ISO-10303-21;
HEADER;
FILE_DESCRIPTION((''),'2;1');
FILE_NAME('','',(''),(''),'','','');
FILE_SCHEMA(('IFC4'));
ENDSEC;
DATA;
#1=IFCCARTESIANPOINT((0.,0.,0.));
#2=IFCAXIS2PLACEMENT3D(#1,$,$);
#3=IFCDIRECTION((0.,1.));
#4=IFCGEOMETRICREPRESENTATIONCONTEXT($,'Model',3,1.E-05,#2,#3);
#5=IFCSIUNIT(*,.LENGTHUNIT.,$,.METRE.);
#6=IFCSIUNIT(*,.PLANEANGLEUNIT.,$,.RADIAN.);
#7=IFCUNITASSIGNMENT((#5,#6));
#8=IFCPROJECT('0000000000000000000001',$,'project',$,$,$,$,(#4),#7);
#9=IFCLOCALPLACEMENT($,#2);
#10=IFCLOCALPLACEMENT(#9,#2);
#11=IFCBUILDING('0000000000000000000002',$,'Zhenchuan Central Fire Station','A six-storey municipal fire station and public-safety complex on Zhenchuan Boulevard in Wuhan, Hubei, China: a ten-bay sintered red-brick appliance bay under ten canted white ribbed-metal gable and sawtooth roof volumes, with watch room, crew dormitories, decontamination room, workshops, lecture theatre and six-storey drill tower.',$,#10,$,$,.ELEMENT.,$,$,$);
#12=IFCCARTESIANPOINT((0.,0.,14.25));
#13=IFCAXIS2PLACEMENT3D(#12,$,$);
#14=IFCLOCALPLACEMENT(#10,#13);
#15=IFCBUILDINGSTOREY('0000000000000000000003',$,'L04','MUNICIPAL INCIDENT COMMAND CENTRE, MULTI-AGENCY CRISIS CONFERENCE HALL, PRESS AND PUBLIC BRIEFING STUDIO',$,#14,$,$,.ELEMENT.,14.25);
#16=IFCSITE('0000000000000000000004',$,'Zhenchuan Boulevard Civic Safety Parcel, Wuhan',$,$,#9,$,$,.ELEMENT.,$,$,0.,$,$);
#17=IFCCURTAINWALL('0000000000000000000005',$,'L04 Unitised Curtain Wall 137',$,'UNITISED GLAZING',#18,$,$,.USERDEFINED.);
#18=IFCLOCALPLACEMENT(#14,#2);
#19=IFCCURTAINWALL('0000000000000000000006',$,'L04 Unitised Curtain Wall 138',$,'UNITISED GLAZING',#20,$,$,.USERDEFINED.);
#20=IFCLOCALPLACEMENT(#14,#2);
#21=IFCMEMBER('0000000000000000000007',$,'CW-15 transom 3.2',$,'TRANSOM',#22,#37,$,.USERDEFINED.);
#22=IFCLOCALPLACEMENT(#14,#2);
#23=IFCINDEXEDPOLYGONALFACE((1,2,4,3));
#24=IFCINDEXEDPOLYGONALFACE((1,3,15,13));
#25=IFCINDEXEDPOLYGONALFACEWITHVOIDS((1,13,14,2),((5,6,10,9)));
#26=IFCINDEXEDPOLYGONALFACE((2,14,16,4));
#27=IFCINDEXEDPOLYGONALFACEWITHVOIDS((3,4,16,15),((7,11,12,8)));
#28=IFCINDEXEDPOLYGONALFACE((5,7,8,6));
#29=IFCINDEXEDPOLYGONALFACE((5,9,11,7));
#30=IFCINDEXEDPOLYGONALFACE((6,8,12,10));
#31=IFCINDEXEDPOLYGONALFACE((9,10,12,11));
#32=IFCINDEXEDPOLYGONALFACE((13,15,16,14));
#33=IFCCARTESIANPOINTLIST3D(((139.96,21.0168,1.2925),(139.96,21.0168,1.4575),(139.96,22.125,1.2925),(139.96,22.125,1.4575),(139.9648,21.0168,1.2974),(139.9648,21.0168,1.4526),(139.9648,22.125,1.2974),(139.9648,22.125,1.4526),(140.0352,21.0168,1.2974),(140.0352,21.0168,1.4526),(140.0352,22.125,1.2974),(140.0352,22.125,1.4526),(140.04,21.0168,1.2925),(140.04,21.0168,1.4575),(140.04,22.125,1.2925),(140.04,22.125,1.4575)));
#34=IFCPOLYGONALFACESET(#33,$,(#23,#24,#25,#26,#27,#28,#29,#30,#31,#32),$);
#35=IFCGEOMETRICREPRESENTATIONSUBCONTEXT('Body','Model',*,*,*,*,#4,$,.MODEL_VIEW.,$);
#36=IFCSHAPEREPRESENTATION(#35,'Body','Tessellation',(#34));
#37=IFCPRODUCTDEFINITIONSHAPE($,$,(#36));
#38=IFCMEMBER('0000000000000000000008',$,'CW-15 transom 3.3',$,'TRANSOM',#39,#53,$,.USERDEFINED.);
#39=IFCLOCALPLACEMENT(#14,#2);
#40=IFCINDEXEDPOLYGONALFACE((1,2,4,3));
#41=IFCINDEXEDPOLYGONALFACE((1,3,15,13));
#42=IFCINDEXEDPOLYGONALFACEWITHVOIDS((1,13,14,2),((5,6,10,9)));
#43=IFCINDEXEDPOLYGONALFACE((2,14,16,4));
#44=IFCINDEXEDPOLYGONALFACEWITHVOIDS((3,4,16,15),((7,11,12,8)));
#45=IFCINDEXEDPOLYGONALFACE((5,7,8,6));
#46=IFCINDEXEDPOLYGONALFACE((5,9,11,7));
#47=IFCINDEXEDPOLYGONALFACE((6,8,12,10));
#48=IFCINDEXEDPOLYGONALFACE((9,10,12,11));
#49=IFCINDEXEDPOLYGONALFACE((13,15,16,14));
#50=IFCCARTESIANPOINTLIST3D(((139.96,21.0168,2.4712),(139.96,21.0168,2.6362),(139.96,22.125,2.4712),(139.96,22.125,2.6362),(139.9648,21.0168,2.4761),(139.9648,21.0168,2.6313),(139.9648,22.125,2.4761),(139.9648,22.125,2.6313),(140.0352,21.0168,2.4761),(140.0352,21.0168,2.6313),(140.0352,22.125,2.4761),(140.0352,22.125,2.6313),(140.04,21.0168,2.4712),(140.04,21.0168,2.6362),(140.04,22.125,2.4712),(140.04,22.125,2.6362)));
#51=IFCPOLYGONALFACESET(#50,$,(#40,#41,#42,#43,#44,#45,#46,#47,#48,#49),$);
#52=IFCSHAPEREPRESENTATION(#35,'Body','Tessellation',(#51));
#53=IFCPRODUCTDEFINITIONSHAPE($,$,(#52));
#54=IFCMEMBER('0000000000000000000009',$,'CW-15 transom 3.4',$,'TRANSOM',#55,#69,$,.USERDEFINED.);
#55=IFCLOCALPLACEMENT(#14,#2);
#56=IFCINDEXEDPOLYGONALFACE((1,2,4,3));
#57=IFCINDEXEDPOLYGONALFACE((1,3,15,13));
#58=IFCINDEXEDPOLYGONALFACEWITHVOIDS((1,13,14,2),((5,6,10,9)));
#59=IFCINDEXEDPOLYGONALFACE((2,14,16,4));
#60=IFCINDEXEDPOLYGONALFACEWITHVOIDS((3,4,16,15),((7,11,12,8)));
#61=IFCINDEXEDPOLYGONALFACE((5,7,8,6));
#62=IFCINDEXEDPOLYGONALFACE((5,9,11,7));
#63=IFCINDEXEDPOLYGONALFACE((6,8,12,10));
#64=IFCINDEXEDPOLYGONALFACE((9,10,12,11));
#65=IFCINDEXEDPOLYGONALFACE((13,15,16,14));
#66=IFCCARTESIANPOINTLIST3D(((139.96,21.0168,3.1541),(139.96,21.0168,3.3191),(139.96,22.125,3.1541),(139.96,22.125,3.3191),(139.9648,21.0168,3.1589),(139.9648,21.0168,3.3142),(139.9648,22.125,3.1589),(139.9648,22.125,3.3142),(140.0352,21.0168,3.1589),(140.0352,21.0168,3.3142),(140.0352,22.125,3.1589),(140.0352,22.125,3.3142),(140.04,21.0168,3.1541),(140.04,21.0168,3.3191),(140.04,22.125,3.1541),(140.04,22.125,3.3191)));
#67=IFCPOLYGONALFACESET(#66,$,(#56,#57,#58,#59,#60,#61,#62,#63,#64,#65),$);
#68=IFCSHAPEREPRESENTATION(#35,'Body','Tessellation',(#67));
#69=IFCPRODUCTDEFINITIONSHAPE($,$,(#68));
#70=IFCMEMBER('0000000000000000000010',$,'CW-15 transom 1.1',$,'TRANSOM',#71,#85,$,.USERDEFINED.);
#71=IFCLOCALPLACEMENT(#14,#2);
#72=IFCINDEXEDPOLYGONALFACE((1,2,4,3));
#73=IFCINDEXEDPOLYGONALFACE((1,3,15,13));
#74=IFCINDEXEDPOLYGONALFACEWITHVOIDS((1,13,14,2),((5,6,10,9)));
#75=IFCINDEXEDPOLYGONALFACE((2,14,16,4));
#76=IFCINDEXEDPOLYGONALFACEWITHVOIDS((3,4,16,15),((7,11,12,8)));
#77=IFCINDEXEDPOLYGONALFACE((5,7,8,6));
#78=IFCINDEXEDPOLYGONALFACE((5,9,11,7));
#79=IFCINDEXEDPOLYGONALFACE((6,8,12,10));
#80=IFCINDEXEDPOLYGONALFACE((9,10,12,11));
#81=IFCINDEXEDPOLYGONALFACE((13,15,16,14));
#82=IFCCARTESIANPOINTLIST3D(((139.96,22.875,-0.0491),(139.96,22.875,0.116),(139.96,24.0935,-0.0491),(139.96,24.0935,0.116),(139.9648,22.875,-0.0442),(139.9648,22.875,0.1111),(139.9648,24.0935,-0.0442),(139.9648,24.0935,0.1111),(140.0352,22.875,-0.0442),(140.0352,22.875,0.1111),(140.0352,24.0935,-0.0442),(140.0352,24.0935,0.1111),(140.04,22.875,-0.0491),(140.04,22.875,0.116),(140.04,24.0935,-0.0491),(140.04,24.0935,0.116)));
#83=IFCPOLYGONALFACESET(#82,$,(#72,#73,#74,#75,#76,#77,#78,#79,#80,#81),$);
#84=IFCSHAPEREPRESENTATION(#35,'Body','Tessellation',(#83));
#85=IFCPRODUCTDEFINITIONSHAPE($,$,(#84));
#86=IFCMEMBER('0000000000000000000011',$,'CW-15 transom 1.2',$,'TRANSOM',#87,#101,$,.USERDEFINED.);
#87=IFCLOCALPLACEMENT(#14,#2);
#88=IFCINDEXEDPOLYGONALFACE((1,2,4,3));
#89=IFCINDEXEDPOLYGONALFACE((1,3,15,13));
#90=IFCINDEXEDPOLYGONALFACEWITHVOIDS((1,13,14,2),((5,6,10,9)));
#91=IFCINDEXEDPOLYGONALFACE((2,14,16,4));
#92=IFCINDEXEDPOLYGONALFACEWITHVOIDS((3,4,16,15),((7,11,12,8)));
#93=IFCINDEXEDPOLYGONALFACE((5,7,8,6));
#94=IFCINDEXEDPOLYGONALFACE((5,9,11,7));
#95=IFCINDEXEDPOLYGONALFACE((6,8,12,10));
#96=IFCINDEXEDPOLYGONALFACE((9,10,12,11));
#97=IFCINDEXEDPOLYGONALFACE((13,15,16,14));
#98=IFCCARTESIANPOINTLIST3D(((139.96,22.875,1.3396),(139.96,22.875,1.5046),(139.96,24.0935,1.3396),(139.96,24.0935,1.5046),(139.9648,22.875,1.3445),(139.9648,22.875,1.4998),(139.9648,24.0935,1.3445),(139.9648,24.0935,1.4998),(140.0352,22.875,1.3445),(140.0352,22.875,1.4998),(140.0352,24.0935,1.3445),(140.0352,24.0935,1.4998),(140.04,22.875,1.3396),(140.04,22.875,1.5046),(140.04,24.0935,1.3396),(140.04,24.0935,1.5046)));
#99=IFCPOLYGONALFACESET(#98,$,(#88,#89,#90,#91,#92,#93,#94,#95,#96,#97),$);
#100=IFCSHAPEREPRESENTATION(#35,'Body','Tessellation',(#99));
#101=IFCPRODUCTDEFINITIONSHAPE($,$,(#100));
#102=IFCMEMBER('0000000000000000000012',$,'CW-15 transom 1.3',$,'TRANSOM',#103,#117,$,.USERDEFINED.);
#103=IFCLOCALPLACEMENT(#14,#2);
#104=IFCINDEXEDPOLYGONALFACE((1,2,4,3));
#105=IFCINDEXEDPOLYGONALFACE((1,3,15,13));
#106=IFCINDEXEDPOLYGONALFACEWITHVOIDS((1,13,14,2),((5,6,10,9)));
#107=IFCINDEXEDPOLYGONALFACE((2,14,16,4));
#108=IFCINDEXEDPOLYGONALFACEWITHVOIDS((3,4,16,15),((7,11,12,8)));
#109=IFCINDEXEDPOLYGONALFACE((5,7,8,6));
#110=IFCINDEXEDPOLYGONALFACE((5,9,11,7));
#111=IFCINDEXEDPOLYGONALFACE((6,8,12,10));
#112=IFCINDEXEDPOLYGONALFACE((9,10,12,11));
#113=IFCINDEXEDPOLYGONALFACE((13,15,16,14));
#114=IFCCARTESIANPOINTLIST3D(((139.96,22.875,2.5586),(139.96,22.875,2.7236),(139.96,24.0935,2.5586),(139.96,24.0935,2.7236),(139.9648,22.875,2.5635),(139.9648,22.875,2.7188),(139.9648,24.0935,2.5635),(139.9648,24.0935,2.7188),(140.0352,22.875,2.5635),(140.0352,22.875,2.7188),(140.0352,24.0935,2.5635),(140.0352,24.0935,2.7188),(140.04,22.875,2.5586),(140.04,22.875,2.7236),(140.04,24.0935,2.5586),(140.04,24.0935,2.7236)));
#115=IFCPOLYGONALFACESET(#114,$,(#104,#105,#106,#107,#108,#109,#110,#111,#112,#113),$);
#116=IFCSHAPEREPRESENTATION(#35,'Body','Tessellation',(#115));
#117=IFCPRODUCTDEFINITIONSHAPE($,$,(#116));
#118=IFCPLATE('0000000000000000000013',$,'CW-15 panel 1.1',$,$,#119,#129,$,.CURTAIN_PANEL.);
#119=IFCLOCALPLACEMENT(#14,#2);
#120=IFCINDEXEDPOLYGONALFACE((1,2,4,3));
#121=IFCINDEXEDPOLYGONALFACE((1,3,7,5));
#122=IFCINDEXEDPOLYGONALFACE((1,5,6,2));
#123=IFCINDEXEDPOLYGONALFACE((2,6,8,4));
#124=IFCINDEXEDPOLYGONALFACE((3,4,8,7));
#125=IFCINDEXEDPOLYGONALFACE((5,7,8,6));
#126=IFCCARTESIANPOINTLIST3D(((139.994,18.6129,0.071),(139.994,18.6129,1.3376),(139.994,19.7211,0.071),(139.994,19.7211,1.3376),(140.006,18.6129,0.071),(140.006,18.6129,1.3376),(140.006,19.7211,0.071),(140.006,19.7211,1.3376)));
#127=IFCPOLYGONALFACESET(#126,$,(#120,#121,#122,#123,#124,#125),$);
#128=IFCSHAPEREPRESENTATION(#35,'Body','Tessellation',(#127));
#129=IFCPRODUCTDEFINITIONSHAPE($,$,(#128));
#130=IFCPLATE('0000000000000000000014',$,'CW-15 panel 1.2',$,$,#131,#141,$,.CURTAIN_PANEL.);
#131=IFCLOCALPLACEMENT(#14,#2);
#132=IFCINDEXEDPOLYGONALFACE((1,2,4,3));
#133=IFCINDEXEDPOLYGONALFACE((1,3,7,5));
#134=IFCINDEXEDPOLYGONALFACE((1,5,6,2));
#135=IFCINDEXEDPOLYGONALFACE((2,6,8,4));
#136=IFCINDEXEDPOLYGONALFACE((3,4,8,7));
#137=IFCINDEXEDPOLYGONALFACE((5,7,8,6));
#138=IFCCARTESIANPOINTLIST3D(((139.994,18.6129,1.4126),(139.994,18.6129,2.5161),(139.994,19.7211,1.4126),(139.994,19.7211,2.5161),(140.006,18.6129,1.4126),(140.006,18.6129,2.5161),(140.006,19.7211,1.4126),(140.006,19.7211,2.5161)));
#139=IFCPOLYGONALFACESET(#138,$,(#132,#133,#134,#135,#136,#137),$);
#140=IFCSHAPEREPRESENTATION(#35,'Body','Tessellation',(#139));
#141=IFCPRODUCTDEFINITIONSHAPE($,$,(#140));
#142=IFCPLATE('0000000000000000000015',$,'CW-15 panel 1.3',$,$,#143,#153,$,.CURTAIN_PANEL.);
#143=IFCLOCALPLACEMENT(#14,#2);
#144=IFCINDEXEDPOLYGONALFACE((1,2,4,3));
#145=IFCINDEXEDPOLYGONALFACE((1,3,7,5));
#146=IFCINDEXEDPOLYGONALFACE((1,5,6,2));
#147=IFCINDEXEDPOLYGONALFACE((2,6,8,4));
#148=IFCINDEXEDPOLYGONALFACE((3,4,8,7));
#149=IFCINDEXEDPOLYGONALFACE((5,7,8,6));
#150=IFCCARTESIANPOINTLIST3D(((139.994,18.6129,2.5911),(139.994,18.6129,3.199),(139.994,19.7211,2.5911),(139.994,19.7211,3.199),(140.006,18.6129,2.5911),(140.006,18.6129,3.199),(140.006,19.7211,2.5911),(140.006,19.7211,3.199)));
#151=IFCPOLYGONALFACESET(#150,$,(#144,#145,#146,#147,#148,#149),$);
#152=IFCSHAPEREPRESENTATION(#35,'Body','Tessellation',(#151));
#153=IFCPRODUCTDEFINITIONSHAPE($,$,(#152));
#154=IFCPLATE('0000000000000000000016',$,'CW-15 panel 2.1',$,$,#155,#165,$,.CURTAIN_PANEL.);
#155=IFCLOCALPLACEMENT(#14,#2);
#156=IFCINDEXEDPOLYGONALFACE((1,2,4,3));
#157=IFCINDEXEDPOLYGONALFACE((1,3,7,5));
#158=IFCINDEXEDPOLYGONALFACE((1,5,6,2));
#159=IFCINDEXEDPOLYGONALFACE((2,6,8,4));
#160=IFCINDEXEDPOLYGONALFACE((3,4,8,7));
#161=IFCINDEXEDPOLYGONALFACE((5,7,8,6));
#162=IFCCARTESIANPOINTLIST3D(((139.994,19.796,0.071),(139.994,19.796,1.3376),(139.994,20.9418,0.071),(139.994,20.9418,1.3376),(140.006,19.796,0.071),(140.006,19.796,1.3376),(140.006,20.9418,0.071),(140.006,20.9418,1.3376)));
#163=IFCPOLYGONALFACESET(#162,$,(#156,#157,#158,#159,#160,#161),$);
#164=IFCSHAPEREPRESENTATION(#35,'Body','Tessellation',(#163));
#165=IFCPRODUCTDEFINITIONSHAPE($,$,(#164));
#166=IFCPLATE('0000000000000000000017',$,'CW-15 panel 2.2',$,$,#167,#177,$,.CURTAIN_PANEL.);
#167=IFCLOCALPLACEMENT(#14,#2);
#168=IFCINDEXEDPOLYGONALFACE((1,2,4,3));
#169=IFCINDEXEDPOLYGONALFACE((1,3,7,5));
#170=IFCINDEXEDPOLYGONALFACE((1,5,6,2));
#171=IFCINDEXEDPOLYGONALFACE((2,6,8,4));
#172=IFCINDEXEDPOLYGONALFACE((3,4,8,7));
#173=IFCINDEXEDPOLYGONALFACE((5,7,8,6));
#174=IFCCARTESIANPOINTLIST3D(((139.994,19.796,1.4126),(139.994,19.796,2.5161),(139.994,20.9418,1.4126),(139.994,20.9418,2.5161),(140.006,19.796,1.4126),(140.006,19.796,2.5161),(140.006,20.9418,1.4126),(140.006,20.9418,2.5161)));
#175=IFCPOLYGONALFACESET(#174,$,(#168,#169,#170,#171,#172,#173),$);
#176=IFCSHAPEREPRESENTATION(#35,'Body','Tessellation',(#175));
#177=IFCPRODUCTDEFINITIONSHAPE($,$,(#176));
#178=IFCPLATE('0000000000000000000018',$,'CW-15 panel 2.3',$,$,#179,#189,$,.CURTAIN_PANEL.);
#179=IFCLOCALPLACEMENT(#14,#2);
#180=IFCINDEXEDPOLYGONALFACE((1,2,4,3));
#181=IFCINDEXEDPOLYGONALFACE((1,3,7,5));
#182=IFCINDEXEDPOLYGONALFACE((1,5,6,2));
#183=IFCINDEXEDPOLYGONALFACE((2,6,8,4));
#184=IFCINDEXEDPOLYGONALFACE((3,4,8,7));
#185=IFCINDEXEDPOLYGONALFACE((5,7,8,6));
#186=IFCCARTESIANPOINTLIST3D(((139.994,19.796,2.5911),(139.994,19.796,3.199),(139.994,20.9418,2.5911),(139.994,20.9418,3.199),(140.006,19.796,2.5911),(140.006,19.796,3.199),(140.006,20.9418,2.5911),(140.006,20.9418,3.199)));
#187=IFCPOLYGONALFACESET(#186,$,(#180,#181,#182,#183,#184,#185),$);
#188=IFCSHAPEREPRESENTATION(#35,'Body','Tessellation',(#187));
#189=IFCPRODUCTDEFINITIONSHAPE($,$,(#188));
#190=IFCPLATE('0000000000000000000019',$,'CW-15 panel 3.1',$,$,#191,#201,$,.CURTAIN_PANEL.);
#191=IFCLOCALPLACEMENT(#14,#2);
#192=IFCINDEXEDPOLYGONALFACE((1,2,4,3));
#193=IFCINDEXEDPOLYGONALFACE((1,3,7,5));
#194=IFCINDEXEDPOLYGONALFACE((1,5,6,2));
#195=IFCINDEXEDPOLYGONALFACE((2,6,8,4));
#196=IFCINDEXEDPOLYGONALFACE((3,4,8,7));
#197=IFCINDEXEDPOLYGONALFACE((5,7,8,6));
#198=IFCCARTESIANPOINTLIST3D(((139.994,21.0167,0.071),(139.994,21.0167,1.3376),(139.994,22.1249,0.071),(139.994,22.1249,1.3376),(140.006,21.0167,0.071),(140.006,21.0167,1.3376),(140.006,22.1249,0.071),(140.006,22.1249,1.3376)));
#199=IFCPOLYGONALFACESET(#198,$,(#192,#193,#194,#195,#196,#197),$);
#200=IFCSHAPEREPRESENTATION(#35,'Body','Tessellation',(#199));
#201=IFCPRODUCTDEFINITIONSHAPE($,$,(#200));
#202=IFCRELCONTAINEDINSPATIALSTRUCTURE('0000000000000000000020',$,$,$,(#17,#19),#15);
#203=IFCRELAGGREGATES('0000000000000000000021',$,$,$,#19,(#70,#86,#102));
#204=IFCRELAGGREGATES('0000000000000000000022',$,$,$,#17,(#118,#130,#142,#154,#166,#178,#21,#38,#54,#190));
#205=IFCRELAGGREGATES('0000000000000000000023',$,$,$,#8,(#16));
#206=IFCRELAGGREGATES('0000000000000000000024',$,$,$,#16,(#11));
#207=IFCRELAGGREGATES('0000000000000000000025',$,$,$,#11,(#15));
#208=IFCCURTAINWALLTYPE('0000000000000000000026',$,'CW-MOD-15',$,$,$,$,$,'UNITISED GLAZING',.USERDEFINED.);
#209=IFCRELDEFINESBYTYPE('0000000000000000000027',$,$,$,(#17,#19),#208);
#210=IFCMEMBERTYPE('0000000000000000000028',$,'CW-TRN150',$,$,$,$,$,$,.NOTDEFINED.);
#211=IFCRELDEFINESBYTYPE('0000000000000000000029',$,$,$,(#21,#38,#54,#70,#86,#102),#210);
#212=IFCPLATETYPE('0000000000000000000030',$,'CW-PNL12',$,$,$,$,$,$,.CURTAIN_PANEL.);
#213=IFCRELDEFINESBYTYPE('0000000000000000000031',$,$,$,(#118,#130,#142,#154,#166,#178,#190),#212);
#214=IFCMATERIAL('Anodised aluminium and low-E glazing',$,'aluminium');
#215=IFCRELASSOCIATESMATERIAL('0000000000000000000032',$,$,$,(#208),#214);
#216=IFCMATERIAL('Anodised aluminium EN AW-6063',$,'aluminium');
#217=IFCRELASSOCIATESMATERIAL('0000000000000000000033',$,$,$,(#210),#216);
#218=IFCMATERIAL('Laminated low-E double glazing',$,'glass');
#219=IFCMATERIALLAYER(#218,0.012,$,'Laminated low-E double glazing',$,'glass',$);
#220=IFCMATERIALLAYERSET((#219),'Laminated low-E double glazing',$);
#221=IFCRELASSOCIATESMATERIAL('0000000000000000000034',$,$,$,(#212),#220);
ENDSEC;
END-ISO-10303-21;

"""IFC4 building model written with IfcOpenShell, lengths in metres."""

from ifc_helpers import new_model, si_unit, direction, frame, origin, origin_2d, place, context, subcontext, project, spatial, rectangle, hollow_rectangle, extrude, material, layer, layer_set, material_profile, profile_set, type_object, element, aggregate, save


model = new_model("IFC4")

# Units and contexts
model_context = context("Model", 3, precision=1e-05, world=origin(), true_north=direction((0.0, 1.0)))
body_context = subcontext(model_context, "Body", "Model", "MODEL_VIEW")
ifc_project = project(units=[si_unit("LENGTHUNIT", "METRE"), si_unit("PLANEANGLEUNIT", "RADIAN")], contexts=[model_context])

# Site, building, storey
site_placement = place(None, origin())
site = spatial("IfcSite", under=ifc_project, at=site_placement, Name="Zhenchuan Boulevard Civic Safety Parcel, Wuhan", CompositionType="ELEMENT", RefElevation=0.0)
building_placement = place(site_placement, origin())
building = spatial("IfcBuilding", under=site, at=building_placement, Name="Zhenchuan Central Fire Station", Description="A six-storey municipal fire station and public-safety complex on Zhenchuan Boulevard in Wuhan, Hubei, China: a ten-bay sintered red-brick appliance bay under ten canted white ribbed-metal gable and sawtooth roof volumes, with watch room, crew dormitories, decontamination room, workshops, lecture theatre and six-storey drill tower.", CompositionType="ELEMENT")
storey_placement = place(building_placement, frame((0.0, 0.0, 14.25)))
storey = spatial("IfcBuildingStorey", under=building, at=storey_placement, Name="L04", Description="MUNICIPAL INCIDENT COMMAND CENTRE, MULTI-AGENCY CRISIS CONFERENCE HALL, PRESS AND PUBLIC BRIEFING STUDIO", CompositionType="ELEMENT", Elevation=14.25)

# Curtain walls
ifc_material_1 = material(Name="Anodised aluminium and low-E glazing", Category="aluminium")
curtain_wall_type = type_object("IfcCurtainWallType", Name="CW-MOD-15", ElementType="UNITISED GLAZING", PredefinedType="USERDEFINED", material=ifc_material_1)
curtain_wall_1_placement = place(storey_placement, origin())
curtain_wall_1 = element("IfcCurtainWall", 1, at=curtain_wall_1_placement, inside=storey, type_object=curtain_wall_type, Name="L04 Unitised Curtain Wall 137", ObjectType="UNITISED GLAZING", PredefinedType="USERDEFINED")
ifc_material_2 = material(Name="Anodised aluminium EN AW-6063", Category="aluminium")
curtain_wall_2_placement = place(storey_placement, origin())
curtain_wall_2 = element("IfcCurtainWall", 2, at=curtain_wall_2_placement, inside=storey, type_object=curtain_wall_type, Name="L04 Unitised Curtain Wall 138", ObjectType="UNITISED GLAZING", PredefinedType="USERDEFINED")

# Members
ifc_material_profile_1 = material_profile(ifc_material_2, hollow_rectangle(XDim=0.0801, YDim=0.165, WallThickness=0.0049, at=origin_2d()), Name="ALU-T 165x80")
ifc_profile_set_1 = profile_set([ifc_material_profile_1], Name="Anodised aluminium EN AW-6063")
member_type_1 = type_object("IfcMemberType", Name="CW-TRN150", PredefinedType="NOTDEFINED", material=ifc_profile_set_1)
member_1_placement = place(storey_placement, frame((140.0, 21.0168, 1.375), z_axis=(0.0, 1.0, 0.0), x_axis=(-1.0, 0.0, 0.0)))
member_1 = element("IfcMember", 3, at=member_1_placement, type_object=member_type_1, Name="CW-15 transom 3.2", ObjectType="TRANSOM", PredefinedType="USERDEFINED", context=body_context, shape_type="SweptSolid", body=[
    extrude(hollow_rectangle(XDim=0.0801, YDim=0.165, WallThickness=0.0049, at=origin_2d()), origin(), (0.0, 0.0, 1.0), 1.1082),
])
member_2_placement = place(storey_placement, frame((140.0, 21.0168, 2.5537), z_axis=(0.0, 1.0, 0.0), x_axis=(-1.0, 0.0, 0.0)))
member_2 = element("IfcMember", 4, at=member_2_placement, type_object=member_type_1, Name="CW-15 transom 3.3", ObjectType="TRANSOM", PredefinedType="USERDEFINED", context=body_context, shape_type="SweptSolid", body=[
    extrude(hollow_rectangle(XDim=0.0801, YDim=0.165, WallThickness=0.0049, at=origin_2d()), origin(), (0.0, 0.0, 1.0), 1.1082),
])
member_3_placement = place(storey_placement, frame((140.0, 21.0168, 3.2366), z_axis=(0.0, 1.0, 0.0), x_axis=(-1.0, 0.0, 0.0)))
member_3 = element("IfcMember", 5, at=member_3_placement, type_object=member_type_1, Name="CW-15 transom 3.4", ObjectType="TRANSOM", PredefinedType="USERDEFINED", context=body_context, shape_type="SweptSolid", body=[
    extrude(hollow_rectangle(XDim=0.0801, YDim=0.165, WallThickness=0.0049, at=origin_2d()), origin(), (0.0, 0.0, 1.0), 1.1082),
])
member_4_placement = place(storey_placement, frame((140.0, 22.875, 0.0334), z_axis=(0.0, 1.0, 0.0), x_axis=(-1.0, 0.0, 0.0)))
member_4 = element("IfcMember", 6, at=member_4_placement, type_object=member_type_1, Name="CW-15 transom 1.1", ObjectType="TRANSOM", PredefinedType="USERDEFINED", context=body_context, shape_type="SweptSolid", body=[
    extrude(hollow_rectangle(XDim=0.0801, YDim=0.165, WallThickness=0.0049, at=origin_2d()), origin(), (0.0, 0.0, 1.0), 1.2185),
])
member_5_placement = place(storey_placement, frame((140.0, 22.875, 1.4221), z_axis=(0.0, 1.0, 0.0), x_axis=(-1.0, 0.0, 0.0)))
member_5 = element("IfcMember", 7, at=member_5_placement, type_object=member_type_1, Name="CW-15 transom 1.2", ObjectType="TRANSOM", PredefinedType="USERDEFINED", context=body_context, shape_type="SweptSolid", body=[
    extrude(hollow_rectangle(XDim=0.0801, YDim=0.165, WallThickness=0.0049, at=origin_2d()), origin(), (0.0, 0.0, 1.0), 1.2185),
])
member_6_placement = place(storey_placement, frame((140.0, 22.875, 2.6411), z_axis=(0.0, 1.0, 0.0), x_axis=(-1.0, 0.0, 0.0)))
member_6 = element("IfcMember", 8, at=member_6_placement, type_object=member_type_1, Name="CW-15 transom 1.3", ObjectType="TRANSOM", PredefinedType="USERDEFINED", context=body_context, shape_type="SweptSolid", body=[
    extrude(hollow_rectangle(XDim=0.0801, YDim=0.165, WallThickness=0.0049, at=origin_2d()), origin(), (0.0, 0.0, 1.0), 1.2185),
])
aggregate(curtain_wall_2, [member_4, member_5, member_6])

# Plates
ifc_material_3 = material(Name="Laminated low-E double glazing", Category="glass")
ifc_layer = layer(ifc_material_3, 0.012, Name="Laminated low-E double glazing", Category="glass")
ifc_layer_set = layer_set([ifc_layer], Name="Laminated low-E double glazing")
plate_type = type_object("IfcPlateType", Name="CW-PNL12", PredefinedType="CURTAIN_PANEL", material=ifc_layer_set)
plate_1_placement = place(storey_placement, frame((140.0, 19.167, 0.071), z_axis=(0.0, 0.0, 1.0), x_axis=(0.0, 1.0, 0.0)))
plate_1 = element("IfcPlate", 9, at=plate_1_placement, type_object=plate_type, Name="CW-15 panel 1.1", PredefinedType="CURTAIN_PANEL", context=body_context, shape_type="SweptSolid", body=[
    extrude(rectangle(XDim=1.1082, YDim=0.012, at=origin_2d()), origin(), (0.0, 0.0, 1.0), 1.2666),
])
plate_2_placement = place(storey_placement, frame((140.0, 19.167, 1.4126), z_axis=(0.0, 0.0, 1.0), x_axis=(0.0, 1.0, 0.0)))
plate_2 = element("IfcPlate", 10, at=plate_2_placement, type_object=plate_type, Name="CW-15 panel 1.2", PredefinedType="CURTAIN_PANEL", context=body_context, shape_type="SweptSolid", body=[
    extrude(rectangle(XDim=1.1082, YDim=0.012, at=origin_2d()), origin(), (0.0, 0.0, 1.0), 1.1035),
])
plate_3_placement = place(storey_placement, frame((140.0, 19.167, 2.5911), z_axis=(0.0, 0.0, 1.0), x_axis=(0.0, 1.0, 0.0)))
plate_3 = element("IfcPlate", 11, at=plate_3_placement, type_object=plate_type, Name="CW-15 panel 1.3", PredefinedType="CURTAIN_PANEL", context=body_context, shape_type="SweptSolid", body=[
    extrude(rectangle(XDim=1.1082, YDim=0.012, at=origin_2d()), origin(), (0.0, 0.0, 1.0), 0.6079),
])
plate_4_placement = place(storey_placement, frame((140.0, 20.3689, 0.071), z_axis=(0.0, 0.0, 1.0), x_axis=(0.0, 1.0, 0.0)))
plate_4 = element("IfcPlate", 12, at=plate_4_placement, type_object=plate_type, Name="CW-15 panel 2.1", PredefinedType="CURTAIN_PANEL", context=body_context, shape_type="SweptSolid", body=[
    extrude(rectangle(XDim=1.1458, YDim=0.012, at=origin_2d()), origin(), (0.0, 0.0, 1.0), 1.2666),
])
plate_5_placement = place(storey_placement, frame((140.0, 20.3689, 1.4126), z_axis=(0.0, 0.0, 1.0), x_axis=(0.0, 1.0, 0.0)))
plate_5 = element("IfcPlate", 13, at=plate_5_placement, type_object=plate_type, Name="CW-15 panel 2.2", PredefinedType="CURTAIN_PANEL", context=body_context, shape_type="SweptSolid", body=[
    extrude(rectangle(XDim=1.1458, YDim=0.012, at=origin_2d()), origin(), (0.0, 0.0, 1.0), 1.1035),
])
plate_6_placement = place(storey_placement, frame((140.0, 20.3689, 2.5911), z_axis=(0.0, 0.0, 1.0), x_axis=(0.0, 1.0, 0.0)))
plate_6 = element("IfcPlate", 14, at=plate_6_placement, type_object=plate_type, Name="CW-15 panel 2.3", PredefinedType="CURTAIN_PANEL", context=body_context, shape_type="SweptSolid", body=[
    extrude(rectangle(XDim=1.1458, YDim=0.012, at=origin_2d()), origin(), (0.0, 0.0, 1.0), 0.6079),
])
plate_7_placement = place(storey_placement, frame((140.0, 21.5708, 0.071), z_axis=(0.0, 0.0, 1.0), x_axis=(0.0, 1.0, 0.0)))
plate_7 = element("IfcPlate", 15, at=plate_7_placement, type_object=plate_type, Name="CW-15 panel 3.1", PredefinedType="CURTAIN_PANEL", context=body_context, shape_type="SweptSolid", body=[
    extrude(rectangle(XDim=1.1082, YDim=0.012, at=origin_2d()), origin(), (0.0, 0.0, 1.0), 1.2666),
])
aggregate(curtain_wall_1, [plate_1, plate_2, plate_3, plate_4, plate_5, plate_6, member_1, member_2, member_3, plate_7])

save(model, "model.ifc")
